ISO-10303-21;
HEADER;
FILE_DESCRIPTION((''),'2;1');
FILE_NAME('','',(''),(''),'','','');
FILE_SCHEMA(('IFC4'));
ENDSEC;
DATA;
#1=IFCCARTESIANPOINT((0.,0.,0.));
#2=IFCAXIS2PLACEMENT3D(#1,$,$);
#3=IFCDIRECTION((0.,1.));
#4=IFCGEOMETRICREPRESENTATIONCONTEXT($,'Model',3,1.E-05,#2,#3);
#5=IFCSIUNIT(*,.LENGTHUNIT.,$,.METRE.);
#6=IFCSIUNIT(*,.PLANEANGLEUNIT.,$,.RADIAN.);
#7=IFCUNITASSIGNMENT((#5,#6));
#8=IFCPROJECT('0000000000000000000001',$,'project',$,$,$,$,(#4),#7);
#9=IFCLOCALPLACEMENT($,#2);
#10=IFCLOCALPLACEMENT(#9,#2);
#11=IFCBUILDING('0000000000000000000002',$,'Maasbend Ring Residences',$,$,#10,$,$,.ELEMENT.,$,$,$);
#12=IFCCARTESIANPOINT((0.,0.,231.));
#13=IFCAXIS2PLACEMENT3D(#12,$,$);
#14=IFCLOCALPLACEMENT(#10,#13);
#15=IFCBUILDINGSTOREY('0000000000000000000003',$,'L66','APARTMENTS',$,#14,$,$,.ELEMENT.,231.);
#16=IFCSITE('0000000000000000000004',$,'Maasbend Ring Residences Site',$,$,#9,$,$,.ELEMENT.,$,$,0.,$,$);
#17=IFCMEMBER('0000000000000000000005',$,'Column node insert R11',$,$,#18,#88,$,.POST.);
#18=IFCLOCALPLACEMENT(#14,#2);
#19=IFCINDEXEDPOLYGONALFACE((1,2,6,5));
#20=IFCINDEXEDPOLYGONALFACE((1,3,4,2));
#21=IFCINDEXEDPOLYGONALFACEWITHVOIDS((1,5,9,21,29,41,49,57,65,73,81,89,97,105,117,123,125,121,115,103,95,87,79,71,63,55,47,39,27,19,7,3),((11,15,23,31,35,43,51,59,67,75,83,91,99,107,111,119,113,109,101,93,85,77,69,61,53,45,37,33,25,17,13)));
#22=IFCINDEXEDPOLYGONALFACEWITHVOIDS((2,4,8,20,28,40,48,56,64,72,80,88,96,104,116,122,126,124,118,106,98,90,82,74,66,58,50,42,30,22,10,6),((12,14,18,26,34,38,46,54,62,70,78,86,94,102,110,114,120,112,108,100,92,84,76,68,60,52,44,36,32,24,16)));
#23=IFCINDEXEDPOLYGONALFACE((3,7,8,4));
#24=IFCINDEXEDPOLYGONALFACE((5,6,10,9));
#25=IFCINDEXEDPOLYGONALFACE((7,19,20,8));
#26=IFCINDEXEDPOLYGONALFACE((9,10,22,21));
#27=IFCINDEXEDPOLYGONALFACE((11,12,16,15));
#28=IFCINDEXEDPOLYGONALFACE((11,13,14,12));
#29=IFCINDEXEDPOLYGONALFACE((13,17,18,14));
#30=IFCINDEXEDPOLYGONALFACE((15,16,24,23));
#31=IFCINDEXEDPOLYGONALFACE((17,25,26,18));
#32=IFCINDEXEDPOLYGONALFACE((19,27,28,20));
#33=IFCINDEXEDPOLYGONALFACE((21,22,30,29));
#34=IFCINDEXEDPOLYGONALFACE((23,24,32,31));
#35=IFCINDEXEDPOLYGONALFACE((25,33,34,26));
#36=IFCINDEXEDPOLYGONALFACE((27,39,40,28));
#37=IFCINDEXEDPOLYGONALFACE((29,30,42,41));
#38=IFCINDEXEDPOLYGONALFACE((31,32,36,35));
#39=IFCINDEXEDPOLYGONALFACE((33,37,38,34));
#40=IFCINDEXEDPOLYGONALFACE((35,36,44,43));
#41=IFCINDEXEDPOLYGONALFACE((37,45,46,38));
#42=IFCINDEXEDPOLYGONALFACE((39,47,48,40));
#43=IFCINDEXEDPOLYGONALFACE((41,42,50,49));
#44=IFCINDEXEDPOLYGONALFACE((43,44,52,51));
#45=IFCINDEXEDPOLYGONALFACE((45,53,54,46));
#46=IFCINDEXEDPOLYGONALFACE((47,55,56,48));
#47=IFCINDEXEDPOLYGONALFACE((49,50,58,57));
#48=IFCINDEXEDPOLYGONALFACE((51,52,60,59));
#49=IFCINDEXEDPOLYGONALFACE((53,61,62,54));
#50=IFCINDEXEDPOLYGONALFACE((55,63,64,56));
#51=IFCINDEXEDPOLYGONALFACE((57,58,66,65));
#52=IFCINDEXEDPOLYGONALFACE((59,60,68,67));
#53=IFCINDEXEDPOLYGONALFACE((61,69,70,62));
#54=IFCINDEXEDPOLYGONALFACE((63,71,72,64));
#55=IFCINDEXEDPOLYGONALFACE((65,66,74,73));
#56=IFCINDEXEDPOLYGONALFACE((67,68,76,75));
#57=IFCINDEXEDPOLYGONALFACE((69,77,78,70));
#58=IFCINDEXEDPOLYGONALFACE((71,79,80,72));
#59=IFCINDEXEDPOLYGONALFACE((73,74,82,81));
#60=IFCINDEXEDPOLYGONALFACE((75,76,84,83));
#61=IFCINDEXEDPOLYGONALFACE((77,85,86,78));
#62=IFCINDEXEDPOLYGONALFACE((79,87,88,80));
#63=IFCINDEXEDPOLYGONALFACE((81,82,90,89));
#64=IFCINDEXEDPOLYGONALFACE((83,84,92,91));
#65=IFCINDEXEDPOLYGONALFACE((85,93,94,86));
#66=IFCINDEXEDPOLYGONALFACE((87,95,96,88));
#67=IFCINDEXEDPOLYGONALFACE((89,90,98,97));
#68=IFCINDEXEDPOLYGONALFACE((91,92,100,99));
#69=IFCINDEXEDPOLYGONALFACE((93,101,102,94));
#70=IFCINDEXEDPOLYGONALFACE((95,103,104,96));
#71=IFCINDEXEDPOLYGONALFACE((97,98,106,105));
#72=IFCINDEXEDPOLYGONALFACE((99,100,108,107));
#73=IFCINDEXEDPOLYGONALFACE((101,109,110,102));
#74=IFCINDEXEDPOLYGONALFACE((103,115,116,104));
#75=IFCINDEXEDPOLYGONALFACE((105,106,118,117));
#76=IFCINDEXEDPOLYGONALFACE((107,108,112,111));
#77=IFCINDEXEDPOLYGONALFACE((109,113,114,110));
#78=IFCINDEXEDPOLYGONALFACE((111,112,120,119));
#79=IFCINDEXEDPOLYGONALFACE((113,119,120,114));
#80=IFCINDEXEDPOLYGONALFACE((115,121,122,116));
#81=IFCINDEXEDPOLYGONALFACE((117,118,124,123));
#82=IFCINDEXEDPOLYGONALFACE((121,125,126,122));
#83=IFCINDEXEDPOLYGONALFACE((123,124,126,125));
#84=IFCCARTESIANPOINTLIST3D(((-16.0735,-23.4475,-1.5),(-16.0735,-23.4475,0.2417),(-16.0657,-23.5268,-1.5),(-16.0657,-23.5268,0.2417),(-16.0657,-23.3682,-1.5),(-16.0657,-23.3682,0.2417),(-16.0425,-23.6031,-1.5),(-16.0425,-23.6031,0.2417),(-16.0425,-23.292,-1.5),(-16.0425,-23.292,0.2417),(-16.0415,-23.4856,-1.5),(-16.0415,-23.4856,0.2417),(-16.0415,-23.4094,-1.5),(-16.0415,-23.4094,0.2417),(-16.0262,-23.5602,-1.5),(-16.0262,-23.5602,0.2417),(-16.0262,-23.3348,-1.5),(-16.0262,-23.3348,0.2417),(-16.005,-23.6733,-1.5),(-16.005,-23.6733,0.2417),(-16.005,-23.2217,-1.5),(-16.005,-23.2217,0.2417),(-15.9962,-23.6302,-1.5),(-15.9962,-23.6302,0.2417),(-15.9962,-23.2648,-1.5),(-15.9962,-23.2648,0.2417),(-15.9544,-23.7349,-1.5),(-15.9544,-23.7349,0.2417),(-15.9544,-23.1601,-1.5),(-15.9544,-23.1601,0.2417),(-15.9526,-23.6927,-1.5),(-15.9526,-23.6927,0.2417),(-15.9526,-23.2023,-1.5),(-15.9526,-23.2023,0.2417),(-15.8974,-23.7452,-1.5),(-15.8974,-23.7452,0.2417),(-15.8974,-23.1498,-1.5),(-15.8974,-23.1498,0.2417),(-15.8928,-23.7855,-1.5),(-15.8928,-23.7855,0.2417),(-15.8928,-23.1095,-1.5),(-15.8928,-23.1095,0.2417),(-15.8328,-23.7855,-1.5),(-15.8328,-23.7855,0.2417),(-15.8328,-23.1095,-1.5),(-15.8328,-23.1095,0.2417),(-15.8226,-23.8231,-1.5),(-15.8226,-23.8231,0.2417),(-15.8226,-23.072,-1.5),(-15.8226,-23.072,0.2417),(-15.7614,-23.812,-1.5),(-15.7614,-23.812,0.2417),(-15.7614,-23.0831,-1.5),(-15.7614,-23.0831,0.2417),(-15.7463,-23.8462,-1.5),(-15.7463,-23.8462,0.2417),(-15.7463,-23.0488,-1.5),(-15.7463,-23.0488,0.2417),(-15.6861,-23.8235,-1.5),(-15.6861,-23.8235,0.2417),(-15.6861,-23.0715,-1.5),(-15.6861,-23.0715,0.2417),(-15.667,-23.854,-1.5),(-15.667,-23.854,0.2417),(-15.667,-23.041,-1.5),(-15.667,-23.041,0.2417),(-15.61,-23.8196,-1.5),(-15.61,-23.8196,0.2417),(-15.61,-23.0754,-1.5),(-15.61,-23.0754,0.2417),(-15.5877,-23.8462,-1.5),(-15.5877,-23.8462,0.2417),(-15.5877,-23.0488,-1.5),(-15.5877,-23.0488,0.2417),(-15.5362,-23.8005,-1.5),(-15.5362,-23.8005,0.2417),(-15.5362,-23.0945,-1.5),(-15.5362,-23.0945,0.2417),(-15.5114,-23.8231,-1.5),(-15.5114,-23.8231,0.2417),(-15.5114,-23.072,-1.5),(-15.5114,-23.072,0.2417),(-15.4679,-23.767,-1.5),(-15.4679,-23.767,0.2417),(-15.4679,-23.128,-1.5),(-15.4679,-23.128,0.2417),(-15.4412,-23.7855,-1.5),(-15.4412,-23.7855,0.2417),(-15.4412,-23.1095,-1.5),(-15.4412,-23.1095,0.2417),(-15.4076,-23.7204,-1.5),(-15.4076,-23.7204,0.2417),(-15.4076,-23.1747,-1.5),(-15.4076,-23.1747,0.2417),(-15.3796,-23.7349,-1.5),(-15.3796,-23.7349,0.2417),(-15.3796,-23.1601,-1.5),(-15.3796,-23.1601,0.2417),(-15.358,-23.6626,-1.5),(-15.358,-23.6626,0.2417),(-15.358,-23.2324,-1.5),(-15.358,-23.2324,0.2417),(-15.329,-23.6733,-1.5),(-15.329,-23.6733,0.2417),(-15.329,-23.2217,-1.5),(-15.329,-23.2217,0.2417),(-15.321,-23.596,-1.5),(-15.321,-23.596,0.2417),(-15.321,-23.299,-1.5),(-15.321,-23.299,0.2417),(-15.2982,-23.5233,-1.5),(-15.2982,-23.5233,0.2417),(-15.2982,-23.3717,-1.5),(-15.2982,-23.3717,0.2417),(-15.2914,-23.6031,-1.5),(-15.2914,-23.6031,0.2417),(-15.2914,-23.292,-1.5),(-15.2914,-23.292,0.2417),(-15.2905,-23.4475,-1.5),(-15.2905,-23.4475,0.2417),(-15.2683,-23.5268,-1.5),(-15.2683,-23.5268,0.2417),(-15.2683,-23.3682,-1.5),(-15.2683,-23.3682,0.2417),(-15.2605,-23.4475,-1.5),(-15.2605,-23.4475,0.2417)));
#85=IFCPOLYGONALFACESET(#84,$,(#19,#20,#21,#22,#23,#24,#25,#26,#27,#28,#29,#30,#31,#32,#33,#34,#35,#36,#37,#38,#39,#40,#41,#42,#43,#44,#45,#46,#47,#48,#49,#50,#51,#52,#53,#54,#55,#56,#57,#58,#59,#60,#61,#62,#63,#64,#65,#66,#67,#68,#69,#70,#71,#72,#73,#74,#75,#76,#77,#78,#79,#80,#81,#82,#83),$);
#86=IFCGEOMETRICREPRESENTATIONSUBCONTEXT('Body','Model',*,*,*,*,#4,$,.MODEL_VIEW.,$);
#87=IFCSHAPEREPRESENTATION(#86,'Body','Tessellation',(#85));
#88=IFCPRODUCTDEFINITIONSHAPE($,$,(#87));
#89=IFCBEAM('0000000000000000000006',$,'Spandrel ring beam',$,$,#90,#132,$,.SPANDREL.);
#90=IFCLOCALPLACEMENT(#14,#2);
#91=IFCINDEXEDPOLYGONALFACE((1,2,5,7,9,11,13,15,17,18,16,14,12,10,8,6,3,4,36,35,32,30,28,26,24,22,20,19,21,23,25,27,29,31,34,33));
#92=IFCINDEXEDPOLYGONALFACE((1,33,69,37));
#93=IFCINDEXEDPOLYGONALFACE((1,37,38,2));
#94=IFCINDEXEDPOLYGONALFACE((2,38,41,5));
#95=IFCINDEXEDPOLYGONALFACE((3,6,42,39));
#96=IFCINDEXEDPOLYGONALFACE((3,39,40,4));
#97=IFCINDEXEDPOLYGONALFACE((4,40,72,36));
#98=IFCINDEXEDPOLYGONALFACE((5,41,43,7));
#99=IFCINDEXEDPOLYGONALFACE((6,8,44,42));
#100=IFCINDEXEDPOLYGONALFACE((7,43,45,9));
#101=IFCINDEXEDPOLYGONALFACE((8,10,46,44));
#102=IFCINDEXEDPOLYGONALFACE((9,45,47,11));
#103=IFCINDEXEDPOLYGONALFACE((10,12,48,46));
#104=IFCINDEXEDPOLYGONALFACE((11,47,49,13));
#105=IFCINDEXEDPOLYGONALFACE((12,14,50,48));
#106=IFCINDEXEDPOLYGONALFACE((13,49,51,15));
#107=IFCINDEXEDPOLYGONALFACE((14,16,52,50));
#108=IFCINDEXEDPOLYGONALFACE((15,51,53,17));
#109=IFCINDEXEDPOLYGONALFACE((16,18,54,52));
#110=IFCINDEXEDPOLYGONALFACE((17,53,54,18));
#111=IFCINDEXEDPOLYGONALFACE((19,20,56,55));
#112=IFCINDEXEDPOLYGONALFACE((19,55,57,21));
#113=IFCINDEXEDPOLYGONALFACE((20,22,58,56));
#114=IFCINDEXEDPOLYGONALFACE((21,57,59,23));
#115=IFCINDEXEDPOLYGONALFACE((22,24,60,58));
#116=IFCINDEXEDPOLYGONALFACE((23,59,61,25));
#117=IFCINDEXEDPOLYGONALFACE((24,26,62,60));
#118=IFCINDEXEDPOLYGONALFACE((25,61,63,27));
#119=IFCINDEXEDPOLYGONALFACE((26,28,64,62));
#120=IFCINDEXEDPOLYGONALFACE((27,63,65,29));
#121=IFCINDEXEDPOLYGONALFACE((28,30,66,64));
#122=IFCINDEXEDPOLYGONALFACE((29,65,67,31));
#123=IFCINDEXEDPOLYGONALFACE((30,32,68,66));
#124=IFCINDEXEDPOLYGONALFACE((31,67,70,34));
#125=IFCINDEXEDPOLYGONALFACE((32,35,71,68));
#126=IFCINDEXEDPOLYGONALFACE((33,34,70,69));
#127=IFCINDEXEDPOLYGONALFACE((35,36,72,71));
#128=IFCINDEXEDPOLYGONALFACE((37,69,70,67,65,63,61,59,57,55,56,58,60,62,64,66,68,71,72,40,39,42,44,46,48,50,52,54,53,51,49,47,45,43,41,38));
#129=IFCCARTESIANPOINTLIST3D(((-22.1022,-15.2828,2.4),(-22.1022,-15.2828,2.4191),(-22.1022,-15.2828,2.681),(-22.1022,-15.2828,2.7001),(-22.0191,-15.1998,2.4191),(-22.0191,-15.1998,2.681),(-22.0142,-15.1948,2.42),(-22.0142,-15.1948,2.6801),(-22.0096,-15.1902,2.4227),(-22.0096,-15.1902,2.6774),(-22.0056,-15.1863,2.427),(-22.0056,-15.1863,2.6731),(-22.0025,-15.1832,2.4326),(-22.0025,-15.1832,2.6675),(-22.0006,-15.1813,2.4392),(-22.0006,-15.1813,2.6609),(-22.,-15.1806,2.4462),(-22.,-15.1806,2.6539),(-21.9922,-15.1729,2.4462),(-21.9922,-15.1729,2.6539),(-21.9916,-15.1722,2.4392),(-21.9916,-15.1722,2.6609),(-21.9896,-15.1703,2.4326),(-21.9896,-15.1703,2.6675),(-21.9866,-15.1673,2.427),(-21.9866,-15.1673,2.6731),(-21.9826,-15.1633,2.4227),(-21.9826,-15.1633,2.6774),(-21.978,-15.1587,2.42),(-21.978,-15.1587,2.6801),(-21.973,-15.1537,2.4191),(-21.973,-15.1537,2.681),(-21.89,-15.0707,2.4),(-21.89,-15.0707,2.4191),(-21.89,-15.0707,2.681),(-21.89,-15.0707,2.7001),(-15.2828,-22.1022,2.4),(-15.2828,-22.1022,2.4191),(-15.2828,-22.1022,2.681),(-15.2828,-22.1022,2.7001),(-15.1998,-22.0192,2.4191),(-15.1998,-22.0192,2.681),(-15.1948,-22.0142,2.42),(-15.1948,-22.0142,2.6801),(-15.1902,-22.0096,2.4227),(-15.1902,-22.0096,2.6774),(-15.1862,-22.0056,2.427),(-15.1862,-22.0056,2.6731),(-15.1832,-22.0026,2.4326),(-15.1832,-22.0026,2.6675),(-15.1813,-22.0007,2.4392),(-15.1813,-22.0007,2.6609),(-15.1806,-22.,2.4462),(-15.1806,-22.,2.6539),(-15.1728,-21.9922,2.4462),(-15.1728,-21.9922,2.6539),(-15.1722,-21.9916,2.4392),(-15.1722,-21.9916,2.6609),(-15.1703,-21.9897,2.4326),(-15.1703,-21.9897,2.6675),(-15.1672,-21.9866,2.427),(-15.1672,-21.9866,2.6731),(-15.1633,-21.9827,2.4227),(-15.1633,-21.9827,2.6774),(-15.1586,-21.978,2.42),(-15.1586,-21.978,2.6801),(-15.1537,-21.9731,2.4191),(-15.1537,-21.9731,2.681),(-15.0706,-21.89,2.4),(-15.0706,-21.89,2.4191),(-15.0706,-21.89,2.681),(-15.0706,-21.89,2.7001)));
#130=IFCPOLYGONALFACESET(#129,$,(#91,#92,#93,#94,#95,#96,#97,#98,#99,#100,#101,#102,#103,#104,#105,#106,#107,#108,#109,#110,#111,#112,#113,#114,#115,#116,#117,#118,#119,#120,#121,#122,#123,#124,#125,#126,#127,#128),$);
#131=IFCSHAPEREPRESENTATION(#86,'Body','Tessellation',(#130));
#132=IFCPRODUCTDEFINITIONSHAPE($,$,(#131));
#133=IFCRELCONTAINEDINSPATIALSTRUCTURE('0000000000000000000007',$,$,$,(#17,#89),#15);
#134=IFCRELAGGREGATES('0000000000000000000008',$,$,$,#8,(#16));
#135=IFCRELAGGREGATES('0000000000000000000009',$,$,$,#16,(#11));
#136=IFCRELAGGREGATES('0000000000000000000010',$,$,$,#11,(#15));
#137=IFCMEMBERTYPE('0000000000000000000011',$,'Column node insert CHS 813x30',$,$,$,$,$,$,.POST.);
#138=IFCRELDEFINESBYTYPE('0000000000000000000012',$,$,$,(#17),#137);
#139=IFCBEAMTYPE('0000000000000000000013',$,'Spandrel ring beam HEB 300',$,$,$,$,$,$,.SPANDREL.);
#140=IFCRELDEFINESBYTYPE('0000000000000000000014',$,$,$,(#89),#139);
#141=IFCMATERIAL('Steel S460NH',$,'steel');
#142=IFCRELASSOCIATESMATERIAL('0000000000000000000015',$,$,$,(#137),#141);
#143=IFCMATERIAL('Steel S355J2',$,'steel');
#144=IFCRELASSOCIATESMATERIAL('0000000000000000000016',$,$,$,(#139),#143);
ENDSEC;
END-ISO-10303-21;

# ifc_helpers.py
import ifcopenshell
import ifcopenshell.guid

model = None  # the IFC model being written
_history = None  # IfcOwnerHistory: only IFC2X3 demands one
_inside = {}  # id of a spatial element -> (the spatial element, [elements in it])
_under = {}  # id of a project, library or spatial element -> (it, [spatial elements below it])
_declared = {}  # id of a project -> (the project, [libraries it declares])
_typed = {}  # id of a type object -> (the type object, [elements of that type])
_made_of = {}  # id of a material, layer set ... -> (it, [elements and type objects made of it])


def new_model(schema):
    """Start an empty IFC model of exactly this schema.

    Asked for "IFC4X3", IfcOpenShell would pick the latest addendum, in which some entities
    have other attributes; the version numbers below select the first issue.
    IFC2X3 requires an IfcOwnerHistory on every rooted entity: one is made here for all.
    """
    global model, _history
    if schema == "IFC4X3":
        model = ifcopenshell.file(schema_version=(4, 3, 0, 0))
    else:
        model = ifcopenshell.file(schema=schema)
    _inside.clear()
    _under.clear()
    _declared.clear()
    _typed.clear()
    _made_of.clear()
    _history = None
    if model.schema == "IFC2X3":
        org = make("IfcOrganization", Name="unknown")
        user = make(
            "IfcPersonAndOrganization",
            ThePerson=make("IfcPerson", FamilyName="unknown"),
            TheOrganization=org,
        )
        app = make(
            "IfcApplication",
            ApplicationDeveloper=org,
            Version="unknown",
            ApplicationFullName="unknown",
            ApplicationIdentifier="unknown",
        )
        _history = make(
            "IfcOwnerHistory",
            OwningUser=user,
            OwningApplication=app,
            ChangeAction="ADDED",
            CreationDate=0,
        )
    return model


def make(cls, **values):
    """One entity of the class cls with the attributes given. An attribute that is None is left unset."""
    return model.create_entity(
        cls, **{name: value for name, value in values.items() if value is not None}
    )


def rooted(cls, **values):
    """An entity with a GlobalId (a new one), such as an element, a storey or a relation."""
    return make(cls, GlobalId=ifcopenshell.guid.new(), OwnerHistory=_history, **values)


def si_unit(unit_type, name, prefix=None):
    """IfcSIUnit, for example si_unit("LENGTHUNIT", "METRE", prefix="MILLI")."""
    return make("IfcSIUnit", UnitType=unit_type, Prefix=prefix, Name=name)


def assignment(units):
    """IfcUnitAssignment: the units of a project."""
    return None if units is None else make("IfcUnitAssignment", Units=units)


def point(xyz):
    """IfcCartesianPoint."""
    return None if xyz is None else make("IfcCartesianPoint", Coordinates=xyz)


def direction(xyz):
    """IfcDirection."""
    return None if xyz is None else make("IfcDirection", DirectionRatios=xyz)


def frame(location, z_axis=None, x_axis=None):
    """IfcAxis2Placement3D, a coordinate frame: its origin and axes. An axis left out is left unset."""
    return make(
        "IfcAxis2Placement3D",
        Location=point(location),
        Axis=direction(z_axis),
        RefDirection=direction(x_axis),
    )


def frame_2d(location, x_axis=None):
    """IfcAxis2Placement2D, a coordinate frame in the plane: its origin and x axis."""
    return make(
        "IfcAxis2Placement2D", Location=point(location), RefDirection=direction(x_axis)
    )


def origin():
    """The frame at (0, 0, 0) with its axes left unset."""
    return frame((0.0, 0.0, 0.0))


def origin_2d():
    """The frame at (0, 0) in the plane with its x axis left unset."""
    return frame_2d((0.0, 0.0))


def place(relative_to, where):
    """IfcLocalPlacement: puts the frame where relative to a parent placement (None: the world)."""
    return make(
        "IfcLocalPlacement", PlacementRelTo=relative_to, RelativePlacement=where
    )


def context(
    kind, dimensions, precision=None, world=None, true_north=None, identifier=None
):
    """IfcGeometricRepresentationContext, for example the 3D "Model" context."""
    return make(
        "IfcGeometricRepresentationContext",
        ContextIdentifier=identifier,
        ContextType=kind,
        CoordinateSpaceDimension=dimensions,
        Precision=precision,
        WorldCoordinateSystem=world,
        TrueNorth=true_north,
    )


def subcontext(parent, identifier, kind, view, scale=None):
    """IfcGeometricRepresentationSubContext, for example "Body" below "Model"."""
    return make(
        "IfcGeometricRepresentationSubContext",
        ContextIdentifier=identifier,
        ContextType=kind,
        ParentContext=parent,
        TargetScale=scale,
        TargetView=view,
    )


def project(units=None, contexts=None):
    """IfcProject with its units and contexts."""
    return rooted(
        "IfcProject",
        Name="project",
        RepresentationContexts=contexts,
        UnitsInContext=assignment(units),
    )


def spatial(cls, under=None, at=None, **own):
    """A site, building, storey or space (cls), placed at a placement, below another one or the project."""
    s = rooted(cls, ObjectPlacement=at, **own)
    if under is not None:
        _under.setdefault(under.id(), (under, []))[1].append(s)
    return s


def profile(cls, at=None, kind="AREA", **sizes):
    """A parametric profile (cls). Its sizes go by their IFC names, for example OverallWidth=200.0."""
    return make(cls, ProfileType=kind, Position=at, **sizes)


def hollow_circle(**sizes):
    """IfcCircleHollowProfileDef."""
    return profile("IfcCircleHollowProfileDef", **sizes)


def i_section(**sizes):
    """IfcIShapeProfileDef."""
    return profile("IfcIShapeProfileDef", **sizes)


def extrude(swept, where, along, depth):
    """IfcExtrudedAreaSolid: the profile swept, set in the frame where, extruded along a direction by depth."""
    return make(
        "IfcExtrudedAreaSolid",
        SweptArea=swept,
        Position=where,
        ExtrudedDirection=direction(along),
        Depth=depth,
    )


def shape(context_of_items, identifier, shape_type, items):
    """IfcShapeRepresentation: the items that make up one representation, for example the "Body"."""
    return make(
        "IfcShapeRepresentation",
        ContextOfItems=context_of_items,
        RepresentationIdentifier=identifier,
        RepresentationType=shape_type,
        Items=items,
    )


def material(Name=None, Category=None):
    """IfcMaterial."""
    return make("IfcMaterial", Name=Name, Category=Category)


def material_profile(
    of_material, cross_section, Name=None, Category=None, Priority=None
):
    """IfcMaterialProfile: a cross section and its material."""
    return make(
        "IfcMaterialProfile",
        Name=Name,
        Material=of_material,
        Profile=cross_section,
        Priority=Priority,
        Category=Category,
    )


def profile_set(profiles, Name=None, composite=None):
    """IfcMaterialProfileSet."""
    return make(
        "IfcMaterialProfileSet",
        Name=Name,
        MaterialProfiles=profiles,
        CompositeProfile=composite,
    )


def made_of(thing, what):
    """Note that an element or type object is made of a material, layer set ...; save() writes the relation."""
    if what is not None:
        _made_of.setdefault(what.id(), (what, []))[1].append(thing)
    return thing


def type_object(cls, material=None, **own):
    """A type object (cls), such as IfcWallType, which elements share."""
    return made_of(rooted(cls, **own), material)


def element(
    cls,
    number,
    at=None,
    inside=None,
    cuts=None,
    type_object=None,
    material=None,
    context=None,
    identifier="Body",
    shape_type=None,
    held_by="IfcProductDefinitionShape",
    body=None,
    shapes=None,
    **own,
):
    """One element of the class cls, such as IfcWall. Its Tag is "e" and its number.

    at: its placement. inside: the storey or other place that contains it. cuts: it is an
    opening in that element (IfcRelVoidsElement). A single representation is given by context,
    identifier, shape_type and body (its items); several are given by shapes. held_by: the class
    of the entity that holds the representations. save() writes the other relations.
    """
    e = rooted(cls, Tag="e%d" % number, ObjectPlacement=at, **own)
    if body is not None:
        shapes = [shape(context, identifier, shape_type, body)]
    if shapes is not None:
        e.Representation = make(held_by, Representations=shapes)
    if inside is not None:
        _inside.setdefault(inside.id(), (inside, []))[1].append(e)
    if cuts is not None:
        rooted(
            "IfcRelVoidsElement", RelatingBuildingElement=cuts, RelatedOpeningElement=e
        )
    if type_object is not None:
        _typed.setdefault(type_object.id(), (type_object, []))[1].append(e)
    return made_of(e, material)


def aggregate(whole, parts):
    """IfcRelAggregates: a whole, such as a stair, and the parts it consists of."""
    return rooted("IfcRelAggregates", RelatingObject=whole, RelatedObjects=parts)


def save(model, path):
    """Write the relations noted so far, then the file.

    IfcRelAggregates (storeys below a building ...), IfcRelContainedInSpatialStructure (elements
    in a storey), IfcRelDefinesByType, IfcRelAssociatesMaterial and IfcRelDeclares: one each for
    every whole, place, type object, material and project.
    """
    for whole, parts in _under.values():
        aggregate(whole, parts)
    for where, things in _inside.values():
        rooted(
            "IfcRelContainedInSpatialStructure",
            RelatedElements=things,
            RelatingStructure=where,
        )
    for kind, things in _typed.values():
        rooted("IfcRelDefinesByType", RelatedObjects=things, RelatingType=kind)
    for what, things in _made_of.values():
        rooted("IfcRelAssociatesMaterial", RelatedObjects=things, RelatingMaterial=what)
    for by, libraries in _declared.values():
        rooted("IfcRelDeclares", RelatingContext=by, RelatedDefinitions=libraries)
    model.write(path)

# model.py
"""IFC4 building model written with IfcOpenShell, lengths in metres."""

from ifc_helpers import new_model, si_unit, direction, frame, origin, origin_2d, place, context, subcontext, project, spatial, hollow_circle, i_section, extrude, material, material_profile, profile_set, type_object, element, save


model = new_model("IFC4")

# Units and contexts
model_context = context("Model", 3, precision=1e-05, world=origin(), true_north=direction((0.0, 1.0)))
body_context = subcontext(model_context, "Body", "Model", "MODEL_VIEW")
ifc_project = project(units=[si_unit("LENGTHUNIT", "METRE"), si_unit("PLANEANGLEUNIT", "RADIAN")], contexts=[model_context])

# Site, building, storey
site_placement = place(None, origin())
site = spatial("IfcSite", under=ifc_project, at=site_placement, Name="Maasbend Ring Residences Site", CompositionType="ELEMENT", RefElevation=0.0)
building_placement = place(site_placement, origin())
building = spatial("IfcBuilding", under=site, at=building_placement, Name="Maasbend Ring Residences", CompositionType="ELEMENT")
storey_placement = place(building_placement, frame((0.0, 0.0, 231.0)))
storey = spatial("IfcBuildingStorey", under=building, at=storey_placement, Name="L66", Description="APARTMENTS", CompositionType="ELEMENT", Elevation=231.0)

# Member
ifc_material_1 = material(Name="Steel S460NH", Category="steel")
ifc_material_profile_1 = material_profile(ifc_material_1, hollow_circle(Radius=0.4065, WallThickness=0.03, at=origin_2d()), Name="Column node insert CHS 813x30")
ifc_profile_set_1 = profile_set([ifc_material_profile_1], Name="Steel S460NH")
member_type = type_object("IfcMemberType", Name="Column node insert CHS 813x30", PredefinedType="POST", material=ifc_profile_set_1)
for number, where, z_axis, x_axis, name in (
    (1, (-15.667, -23.4475, -1.5), (0.0, 0.0, 1.0), (1.0, 0.0, 0.0), "Column node insert R11"),
):
    element("IfcMember", number, at=place(storey_placement, frame(where, z_axis=z_axis, x_axis=x_axis)), inside=storey, type_object=member_type, Name=name, PredefinedType="POST", context=body_context, shape_type="SweptSolid", body=[
        extrude(hollow_circle(Radius=0.4065, WallThickness=0.03, at=origin_2d()), origin(), (0.0, 0.0, 1.0), 1.7417),
    ])

# Beam
ifc_material_2 = material(Name="Steel S355J2", Category="steel")
ifc_material_profile_2 = material_profile(ifc_material_2, i_section(OverallWidth=0.3, OverallDepth=0.3, WebThickness=0.011, FlangeThickness=0.019, FilletRadius=0.0271, at=origin_2d()), Name="HEB 300")
ifc_profile_set_2 = profile_set([ifc_material_profile_2], Name="Steel S355J2")
beam_type = type_object("IfcBeamType", Name="Spandrel ring beam HEB 300", PredefinedType="SPANDREL", material=ifc_profile_set_2)
beam_placement = place(storey_placement, frame((-21.9961, -15.1768, 2.55), z_axis=(0.707107, -0.707107, 0.0), x_axis=(0.707107, 0.707107, 0.0)))
element("IfcBeam", 2, at=beam_placement, inside=storey, type_object=beam_type, Name="Spandrel ring beam", PredefinedType="SPANDREL", context=body_context, shape_type="SweptSolid", body=[
    extrude(i_section(OverallWidth=0.3, OverallDepth=0.3, WebThickness=0.011, FlangeThickness=0.019, FilletRadius=0.0271, at=origin_2d()), origin(), (0.0, 0.0, 1.0), 9.644),
])

save(model, "model.ifc")
